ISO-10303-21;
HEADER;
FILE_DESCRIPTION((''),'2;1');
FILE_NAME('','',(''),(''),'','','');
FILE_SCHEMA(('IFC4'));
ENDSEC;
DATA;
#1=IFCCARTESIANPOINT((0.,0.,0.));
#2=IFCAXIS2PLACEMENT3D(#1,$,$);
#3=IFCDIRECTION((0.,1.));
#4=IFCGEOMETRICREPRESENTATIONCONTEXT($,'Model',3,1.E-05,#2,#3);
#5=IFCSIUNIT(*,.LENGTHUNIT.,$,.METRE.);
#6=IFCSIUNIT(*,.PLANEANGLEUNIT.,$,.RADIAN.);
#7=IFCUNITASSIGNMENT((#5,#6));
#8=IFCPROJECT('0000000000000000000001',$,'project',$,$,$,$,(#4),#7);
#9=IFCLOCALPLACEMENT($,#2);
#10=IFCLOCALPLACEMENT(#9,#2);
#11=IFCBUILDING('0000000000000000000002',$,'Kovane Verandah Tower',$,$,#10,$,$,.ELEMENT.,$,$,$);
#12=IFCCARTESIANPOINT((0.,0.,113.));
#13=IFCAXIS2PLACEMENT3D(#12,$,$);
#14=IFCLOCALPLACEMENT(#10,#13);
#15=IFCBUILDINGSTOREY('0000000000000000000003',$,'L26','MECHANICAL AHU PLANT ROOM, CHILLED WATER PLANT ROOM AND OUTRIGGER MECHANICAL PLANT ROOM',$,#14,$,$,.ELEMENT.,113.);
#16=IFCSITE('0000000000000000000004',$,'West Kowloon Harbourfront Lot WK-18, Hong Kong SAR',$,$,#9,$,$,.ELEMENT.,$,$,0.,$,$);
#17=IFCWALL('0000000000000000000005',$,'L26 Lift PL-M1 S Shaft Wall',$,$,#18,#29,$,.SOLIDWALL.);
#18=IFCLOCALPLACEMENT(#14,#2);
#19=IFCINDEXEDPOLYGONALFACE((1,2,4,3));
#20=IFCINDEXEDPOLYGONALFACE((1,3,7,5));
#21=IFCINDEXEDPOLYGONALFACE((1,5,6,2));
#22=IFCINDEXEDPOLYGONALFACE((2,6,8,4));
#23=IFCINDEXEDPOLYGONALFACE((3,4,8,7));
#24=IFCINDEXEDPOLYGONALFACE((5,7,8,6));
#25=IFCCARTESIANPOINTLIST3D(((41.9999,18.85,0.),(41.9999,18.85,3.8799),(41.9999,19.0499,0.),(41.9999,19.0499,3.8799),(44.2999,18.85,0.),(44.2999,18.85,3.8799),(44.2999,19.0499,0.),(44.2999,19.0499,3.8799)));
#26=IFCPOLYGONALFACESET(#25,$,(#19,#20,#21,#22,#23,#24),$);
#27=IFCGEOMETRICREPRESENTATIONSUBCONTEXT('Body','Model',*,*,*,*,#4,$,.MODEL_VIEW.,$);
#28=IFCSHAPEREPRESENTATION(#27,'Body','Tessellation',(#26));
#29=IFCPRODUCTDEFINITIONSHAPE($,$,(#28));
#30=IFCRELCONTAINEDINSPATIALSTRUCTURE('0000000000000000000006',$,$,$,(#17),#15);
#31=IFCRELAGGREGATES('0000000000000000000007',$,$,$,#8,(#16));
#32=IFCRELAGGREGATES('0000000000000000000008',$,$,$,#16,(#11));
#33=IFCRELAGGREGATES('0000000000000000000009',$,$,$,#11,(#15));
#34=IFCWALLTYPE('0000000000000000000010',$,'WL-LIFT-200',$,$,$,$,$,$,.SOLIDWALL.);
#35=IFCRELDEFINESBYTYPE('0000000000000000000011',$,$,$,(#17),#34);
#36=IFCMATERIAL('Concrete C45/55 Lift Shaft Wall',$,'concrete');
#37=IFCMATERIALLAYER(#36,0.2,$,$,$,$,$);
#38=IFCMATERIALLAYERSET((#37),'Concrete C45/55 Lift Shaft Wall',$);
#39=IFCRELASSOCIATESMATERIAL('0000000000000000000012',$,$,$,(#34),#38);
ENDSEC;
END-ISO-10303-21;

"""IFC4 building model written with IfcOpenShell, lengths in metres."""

from ifc_helpers import new_model, si_unit, direction, frame, frame_2d, origin, place, context, subcontext, project, spatial, rectangle, extrude, material, layer, layer_set, type_object, element, save


model = new_model("IFC4")

# Units and contexts
model_context = context("Model", 3, precision=1e-05, world=origin(), true_north=direction((0.0, 1.0)))
body_context = subcontext(model_context, "Body", "Model", "MODEL_VIEW")
ifc_project = project(units=[si_unit("LENGTHUNIT", "METRE"), si_unit("PLANEANGLEUNIT", "RADIAN")], contexts=[model_context])

# Site, building, storey
site_placement = place(None, origin())
site = spatial("IfcSite", under=ifc_project, at=site_placement, Name="West Kowloon Harbourfront Lot WK-18, Hong Kong SAR", CompositionType="ELEMENT", RefElevation=0.0)
building_placement = place(site_placement, origin())
building = spatial("IfcBuilding", under=site, at=building_placement, Name="Kovane Verandah Tower", CompositionType="ELEMENT")
storey_placement = place(building_placement, frame((0.0, 0.0, 113.0)))
storey = spatial("IfcBuildingStorey", under=building, at=storey_placement, Name="L26", Description="MECHANICAL AHU PLANT ROOM, CHILLED WATER PLANT ROOM AND OUTRIGGER MECHANICAL PLANT ROOM", CompositionType="ELEMENT", Elevation=113.0)

# Wall
ifc_material_1 = material(Name="Concrete C45/55 Lift Shaft Wall", Category="concrete")
ifc_layer_1 = layer(ifc_material_1, 0.2)
ifc_layer_set_1 = layer_set([ifc_layer_1], Name="Concrete C45/55 Lift Shaft Wall")
wall_type_1 = type_object("IfcWallType", Name="WL-LIFT-200", PredefinedType="SOLIDWALL", material=ifc_layer_set_1)
wall_1_placement = place(storey_placement, frame((42.0, 18.95, 0.0), z_axis=(0.0, 0.0, 1.0), x_axis=(1.0, 0.0, 0.0)))
element("IfcWall", 1, at=wall_1_placement, inside=storey, type_object=wall_type_1, Name="L26 Lift PL-M1 S Shaft Wall", PredefinedType="SOLIDWALL", context=body_context, shape_type="SweptSolid", body=[
    extrude(rectangle(XDim=2.3, YDim=0.2, at=frame_2d((1.1499, 0.0))), origin(), (0.0, 0.0, 1.0), 3.8799),
])

save(model, "model.ifc")
